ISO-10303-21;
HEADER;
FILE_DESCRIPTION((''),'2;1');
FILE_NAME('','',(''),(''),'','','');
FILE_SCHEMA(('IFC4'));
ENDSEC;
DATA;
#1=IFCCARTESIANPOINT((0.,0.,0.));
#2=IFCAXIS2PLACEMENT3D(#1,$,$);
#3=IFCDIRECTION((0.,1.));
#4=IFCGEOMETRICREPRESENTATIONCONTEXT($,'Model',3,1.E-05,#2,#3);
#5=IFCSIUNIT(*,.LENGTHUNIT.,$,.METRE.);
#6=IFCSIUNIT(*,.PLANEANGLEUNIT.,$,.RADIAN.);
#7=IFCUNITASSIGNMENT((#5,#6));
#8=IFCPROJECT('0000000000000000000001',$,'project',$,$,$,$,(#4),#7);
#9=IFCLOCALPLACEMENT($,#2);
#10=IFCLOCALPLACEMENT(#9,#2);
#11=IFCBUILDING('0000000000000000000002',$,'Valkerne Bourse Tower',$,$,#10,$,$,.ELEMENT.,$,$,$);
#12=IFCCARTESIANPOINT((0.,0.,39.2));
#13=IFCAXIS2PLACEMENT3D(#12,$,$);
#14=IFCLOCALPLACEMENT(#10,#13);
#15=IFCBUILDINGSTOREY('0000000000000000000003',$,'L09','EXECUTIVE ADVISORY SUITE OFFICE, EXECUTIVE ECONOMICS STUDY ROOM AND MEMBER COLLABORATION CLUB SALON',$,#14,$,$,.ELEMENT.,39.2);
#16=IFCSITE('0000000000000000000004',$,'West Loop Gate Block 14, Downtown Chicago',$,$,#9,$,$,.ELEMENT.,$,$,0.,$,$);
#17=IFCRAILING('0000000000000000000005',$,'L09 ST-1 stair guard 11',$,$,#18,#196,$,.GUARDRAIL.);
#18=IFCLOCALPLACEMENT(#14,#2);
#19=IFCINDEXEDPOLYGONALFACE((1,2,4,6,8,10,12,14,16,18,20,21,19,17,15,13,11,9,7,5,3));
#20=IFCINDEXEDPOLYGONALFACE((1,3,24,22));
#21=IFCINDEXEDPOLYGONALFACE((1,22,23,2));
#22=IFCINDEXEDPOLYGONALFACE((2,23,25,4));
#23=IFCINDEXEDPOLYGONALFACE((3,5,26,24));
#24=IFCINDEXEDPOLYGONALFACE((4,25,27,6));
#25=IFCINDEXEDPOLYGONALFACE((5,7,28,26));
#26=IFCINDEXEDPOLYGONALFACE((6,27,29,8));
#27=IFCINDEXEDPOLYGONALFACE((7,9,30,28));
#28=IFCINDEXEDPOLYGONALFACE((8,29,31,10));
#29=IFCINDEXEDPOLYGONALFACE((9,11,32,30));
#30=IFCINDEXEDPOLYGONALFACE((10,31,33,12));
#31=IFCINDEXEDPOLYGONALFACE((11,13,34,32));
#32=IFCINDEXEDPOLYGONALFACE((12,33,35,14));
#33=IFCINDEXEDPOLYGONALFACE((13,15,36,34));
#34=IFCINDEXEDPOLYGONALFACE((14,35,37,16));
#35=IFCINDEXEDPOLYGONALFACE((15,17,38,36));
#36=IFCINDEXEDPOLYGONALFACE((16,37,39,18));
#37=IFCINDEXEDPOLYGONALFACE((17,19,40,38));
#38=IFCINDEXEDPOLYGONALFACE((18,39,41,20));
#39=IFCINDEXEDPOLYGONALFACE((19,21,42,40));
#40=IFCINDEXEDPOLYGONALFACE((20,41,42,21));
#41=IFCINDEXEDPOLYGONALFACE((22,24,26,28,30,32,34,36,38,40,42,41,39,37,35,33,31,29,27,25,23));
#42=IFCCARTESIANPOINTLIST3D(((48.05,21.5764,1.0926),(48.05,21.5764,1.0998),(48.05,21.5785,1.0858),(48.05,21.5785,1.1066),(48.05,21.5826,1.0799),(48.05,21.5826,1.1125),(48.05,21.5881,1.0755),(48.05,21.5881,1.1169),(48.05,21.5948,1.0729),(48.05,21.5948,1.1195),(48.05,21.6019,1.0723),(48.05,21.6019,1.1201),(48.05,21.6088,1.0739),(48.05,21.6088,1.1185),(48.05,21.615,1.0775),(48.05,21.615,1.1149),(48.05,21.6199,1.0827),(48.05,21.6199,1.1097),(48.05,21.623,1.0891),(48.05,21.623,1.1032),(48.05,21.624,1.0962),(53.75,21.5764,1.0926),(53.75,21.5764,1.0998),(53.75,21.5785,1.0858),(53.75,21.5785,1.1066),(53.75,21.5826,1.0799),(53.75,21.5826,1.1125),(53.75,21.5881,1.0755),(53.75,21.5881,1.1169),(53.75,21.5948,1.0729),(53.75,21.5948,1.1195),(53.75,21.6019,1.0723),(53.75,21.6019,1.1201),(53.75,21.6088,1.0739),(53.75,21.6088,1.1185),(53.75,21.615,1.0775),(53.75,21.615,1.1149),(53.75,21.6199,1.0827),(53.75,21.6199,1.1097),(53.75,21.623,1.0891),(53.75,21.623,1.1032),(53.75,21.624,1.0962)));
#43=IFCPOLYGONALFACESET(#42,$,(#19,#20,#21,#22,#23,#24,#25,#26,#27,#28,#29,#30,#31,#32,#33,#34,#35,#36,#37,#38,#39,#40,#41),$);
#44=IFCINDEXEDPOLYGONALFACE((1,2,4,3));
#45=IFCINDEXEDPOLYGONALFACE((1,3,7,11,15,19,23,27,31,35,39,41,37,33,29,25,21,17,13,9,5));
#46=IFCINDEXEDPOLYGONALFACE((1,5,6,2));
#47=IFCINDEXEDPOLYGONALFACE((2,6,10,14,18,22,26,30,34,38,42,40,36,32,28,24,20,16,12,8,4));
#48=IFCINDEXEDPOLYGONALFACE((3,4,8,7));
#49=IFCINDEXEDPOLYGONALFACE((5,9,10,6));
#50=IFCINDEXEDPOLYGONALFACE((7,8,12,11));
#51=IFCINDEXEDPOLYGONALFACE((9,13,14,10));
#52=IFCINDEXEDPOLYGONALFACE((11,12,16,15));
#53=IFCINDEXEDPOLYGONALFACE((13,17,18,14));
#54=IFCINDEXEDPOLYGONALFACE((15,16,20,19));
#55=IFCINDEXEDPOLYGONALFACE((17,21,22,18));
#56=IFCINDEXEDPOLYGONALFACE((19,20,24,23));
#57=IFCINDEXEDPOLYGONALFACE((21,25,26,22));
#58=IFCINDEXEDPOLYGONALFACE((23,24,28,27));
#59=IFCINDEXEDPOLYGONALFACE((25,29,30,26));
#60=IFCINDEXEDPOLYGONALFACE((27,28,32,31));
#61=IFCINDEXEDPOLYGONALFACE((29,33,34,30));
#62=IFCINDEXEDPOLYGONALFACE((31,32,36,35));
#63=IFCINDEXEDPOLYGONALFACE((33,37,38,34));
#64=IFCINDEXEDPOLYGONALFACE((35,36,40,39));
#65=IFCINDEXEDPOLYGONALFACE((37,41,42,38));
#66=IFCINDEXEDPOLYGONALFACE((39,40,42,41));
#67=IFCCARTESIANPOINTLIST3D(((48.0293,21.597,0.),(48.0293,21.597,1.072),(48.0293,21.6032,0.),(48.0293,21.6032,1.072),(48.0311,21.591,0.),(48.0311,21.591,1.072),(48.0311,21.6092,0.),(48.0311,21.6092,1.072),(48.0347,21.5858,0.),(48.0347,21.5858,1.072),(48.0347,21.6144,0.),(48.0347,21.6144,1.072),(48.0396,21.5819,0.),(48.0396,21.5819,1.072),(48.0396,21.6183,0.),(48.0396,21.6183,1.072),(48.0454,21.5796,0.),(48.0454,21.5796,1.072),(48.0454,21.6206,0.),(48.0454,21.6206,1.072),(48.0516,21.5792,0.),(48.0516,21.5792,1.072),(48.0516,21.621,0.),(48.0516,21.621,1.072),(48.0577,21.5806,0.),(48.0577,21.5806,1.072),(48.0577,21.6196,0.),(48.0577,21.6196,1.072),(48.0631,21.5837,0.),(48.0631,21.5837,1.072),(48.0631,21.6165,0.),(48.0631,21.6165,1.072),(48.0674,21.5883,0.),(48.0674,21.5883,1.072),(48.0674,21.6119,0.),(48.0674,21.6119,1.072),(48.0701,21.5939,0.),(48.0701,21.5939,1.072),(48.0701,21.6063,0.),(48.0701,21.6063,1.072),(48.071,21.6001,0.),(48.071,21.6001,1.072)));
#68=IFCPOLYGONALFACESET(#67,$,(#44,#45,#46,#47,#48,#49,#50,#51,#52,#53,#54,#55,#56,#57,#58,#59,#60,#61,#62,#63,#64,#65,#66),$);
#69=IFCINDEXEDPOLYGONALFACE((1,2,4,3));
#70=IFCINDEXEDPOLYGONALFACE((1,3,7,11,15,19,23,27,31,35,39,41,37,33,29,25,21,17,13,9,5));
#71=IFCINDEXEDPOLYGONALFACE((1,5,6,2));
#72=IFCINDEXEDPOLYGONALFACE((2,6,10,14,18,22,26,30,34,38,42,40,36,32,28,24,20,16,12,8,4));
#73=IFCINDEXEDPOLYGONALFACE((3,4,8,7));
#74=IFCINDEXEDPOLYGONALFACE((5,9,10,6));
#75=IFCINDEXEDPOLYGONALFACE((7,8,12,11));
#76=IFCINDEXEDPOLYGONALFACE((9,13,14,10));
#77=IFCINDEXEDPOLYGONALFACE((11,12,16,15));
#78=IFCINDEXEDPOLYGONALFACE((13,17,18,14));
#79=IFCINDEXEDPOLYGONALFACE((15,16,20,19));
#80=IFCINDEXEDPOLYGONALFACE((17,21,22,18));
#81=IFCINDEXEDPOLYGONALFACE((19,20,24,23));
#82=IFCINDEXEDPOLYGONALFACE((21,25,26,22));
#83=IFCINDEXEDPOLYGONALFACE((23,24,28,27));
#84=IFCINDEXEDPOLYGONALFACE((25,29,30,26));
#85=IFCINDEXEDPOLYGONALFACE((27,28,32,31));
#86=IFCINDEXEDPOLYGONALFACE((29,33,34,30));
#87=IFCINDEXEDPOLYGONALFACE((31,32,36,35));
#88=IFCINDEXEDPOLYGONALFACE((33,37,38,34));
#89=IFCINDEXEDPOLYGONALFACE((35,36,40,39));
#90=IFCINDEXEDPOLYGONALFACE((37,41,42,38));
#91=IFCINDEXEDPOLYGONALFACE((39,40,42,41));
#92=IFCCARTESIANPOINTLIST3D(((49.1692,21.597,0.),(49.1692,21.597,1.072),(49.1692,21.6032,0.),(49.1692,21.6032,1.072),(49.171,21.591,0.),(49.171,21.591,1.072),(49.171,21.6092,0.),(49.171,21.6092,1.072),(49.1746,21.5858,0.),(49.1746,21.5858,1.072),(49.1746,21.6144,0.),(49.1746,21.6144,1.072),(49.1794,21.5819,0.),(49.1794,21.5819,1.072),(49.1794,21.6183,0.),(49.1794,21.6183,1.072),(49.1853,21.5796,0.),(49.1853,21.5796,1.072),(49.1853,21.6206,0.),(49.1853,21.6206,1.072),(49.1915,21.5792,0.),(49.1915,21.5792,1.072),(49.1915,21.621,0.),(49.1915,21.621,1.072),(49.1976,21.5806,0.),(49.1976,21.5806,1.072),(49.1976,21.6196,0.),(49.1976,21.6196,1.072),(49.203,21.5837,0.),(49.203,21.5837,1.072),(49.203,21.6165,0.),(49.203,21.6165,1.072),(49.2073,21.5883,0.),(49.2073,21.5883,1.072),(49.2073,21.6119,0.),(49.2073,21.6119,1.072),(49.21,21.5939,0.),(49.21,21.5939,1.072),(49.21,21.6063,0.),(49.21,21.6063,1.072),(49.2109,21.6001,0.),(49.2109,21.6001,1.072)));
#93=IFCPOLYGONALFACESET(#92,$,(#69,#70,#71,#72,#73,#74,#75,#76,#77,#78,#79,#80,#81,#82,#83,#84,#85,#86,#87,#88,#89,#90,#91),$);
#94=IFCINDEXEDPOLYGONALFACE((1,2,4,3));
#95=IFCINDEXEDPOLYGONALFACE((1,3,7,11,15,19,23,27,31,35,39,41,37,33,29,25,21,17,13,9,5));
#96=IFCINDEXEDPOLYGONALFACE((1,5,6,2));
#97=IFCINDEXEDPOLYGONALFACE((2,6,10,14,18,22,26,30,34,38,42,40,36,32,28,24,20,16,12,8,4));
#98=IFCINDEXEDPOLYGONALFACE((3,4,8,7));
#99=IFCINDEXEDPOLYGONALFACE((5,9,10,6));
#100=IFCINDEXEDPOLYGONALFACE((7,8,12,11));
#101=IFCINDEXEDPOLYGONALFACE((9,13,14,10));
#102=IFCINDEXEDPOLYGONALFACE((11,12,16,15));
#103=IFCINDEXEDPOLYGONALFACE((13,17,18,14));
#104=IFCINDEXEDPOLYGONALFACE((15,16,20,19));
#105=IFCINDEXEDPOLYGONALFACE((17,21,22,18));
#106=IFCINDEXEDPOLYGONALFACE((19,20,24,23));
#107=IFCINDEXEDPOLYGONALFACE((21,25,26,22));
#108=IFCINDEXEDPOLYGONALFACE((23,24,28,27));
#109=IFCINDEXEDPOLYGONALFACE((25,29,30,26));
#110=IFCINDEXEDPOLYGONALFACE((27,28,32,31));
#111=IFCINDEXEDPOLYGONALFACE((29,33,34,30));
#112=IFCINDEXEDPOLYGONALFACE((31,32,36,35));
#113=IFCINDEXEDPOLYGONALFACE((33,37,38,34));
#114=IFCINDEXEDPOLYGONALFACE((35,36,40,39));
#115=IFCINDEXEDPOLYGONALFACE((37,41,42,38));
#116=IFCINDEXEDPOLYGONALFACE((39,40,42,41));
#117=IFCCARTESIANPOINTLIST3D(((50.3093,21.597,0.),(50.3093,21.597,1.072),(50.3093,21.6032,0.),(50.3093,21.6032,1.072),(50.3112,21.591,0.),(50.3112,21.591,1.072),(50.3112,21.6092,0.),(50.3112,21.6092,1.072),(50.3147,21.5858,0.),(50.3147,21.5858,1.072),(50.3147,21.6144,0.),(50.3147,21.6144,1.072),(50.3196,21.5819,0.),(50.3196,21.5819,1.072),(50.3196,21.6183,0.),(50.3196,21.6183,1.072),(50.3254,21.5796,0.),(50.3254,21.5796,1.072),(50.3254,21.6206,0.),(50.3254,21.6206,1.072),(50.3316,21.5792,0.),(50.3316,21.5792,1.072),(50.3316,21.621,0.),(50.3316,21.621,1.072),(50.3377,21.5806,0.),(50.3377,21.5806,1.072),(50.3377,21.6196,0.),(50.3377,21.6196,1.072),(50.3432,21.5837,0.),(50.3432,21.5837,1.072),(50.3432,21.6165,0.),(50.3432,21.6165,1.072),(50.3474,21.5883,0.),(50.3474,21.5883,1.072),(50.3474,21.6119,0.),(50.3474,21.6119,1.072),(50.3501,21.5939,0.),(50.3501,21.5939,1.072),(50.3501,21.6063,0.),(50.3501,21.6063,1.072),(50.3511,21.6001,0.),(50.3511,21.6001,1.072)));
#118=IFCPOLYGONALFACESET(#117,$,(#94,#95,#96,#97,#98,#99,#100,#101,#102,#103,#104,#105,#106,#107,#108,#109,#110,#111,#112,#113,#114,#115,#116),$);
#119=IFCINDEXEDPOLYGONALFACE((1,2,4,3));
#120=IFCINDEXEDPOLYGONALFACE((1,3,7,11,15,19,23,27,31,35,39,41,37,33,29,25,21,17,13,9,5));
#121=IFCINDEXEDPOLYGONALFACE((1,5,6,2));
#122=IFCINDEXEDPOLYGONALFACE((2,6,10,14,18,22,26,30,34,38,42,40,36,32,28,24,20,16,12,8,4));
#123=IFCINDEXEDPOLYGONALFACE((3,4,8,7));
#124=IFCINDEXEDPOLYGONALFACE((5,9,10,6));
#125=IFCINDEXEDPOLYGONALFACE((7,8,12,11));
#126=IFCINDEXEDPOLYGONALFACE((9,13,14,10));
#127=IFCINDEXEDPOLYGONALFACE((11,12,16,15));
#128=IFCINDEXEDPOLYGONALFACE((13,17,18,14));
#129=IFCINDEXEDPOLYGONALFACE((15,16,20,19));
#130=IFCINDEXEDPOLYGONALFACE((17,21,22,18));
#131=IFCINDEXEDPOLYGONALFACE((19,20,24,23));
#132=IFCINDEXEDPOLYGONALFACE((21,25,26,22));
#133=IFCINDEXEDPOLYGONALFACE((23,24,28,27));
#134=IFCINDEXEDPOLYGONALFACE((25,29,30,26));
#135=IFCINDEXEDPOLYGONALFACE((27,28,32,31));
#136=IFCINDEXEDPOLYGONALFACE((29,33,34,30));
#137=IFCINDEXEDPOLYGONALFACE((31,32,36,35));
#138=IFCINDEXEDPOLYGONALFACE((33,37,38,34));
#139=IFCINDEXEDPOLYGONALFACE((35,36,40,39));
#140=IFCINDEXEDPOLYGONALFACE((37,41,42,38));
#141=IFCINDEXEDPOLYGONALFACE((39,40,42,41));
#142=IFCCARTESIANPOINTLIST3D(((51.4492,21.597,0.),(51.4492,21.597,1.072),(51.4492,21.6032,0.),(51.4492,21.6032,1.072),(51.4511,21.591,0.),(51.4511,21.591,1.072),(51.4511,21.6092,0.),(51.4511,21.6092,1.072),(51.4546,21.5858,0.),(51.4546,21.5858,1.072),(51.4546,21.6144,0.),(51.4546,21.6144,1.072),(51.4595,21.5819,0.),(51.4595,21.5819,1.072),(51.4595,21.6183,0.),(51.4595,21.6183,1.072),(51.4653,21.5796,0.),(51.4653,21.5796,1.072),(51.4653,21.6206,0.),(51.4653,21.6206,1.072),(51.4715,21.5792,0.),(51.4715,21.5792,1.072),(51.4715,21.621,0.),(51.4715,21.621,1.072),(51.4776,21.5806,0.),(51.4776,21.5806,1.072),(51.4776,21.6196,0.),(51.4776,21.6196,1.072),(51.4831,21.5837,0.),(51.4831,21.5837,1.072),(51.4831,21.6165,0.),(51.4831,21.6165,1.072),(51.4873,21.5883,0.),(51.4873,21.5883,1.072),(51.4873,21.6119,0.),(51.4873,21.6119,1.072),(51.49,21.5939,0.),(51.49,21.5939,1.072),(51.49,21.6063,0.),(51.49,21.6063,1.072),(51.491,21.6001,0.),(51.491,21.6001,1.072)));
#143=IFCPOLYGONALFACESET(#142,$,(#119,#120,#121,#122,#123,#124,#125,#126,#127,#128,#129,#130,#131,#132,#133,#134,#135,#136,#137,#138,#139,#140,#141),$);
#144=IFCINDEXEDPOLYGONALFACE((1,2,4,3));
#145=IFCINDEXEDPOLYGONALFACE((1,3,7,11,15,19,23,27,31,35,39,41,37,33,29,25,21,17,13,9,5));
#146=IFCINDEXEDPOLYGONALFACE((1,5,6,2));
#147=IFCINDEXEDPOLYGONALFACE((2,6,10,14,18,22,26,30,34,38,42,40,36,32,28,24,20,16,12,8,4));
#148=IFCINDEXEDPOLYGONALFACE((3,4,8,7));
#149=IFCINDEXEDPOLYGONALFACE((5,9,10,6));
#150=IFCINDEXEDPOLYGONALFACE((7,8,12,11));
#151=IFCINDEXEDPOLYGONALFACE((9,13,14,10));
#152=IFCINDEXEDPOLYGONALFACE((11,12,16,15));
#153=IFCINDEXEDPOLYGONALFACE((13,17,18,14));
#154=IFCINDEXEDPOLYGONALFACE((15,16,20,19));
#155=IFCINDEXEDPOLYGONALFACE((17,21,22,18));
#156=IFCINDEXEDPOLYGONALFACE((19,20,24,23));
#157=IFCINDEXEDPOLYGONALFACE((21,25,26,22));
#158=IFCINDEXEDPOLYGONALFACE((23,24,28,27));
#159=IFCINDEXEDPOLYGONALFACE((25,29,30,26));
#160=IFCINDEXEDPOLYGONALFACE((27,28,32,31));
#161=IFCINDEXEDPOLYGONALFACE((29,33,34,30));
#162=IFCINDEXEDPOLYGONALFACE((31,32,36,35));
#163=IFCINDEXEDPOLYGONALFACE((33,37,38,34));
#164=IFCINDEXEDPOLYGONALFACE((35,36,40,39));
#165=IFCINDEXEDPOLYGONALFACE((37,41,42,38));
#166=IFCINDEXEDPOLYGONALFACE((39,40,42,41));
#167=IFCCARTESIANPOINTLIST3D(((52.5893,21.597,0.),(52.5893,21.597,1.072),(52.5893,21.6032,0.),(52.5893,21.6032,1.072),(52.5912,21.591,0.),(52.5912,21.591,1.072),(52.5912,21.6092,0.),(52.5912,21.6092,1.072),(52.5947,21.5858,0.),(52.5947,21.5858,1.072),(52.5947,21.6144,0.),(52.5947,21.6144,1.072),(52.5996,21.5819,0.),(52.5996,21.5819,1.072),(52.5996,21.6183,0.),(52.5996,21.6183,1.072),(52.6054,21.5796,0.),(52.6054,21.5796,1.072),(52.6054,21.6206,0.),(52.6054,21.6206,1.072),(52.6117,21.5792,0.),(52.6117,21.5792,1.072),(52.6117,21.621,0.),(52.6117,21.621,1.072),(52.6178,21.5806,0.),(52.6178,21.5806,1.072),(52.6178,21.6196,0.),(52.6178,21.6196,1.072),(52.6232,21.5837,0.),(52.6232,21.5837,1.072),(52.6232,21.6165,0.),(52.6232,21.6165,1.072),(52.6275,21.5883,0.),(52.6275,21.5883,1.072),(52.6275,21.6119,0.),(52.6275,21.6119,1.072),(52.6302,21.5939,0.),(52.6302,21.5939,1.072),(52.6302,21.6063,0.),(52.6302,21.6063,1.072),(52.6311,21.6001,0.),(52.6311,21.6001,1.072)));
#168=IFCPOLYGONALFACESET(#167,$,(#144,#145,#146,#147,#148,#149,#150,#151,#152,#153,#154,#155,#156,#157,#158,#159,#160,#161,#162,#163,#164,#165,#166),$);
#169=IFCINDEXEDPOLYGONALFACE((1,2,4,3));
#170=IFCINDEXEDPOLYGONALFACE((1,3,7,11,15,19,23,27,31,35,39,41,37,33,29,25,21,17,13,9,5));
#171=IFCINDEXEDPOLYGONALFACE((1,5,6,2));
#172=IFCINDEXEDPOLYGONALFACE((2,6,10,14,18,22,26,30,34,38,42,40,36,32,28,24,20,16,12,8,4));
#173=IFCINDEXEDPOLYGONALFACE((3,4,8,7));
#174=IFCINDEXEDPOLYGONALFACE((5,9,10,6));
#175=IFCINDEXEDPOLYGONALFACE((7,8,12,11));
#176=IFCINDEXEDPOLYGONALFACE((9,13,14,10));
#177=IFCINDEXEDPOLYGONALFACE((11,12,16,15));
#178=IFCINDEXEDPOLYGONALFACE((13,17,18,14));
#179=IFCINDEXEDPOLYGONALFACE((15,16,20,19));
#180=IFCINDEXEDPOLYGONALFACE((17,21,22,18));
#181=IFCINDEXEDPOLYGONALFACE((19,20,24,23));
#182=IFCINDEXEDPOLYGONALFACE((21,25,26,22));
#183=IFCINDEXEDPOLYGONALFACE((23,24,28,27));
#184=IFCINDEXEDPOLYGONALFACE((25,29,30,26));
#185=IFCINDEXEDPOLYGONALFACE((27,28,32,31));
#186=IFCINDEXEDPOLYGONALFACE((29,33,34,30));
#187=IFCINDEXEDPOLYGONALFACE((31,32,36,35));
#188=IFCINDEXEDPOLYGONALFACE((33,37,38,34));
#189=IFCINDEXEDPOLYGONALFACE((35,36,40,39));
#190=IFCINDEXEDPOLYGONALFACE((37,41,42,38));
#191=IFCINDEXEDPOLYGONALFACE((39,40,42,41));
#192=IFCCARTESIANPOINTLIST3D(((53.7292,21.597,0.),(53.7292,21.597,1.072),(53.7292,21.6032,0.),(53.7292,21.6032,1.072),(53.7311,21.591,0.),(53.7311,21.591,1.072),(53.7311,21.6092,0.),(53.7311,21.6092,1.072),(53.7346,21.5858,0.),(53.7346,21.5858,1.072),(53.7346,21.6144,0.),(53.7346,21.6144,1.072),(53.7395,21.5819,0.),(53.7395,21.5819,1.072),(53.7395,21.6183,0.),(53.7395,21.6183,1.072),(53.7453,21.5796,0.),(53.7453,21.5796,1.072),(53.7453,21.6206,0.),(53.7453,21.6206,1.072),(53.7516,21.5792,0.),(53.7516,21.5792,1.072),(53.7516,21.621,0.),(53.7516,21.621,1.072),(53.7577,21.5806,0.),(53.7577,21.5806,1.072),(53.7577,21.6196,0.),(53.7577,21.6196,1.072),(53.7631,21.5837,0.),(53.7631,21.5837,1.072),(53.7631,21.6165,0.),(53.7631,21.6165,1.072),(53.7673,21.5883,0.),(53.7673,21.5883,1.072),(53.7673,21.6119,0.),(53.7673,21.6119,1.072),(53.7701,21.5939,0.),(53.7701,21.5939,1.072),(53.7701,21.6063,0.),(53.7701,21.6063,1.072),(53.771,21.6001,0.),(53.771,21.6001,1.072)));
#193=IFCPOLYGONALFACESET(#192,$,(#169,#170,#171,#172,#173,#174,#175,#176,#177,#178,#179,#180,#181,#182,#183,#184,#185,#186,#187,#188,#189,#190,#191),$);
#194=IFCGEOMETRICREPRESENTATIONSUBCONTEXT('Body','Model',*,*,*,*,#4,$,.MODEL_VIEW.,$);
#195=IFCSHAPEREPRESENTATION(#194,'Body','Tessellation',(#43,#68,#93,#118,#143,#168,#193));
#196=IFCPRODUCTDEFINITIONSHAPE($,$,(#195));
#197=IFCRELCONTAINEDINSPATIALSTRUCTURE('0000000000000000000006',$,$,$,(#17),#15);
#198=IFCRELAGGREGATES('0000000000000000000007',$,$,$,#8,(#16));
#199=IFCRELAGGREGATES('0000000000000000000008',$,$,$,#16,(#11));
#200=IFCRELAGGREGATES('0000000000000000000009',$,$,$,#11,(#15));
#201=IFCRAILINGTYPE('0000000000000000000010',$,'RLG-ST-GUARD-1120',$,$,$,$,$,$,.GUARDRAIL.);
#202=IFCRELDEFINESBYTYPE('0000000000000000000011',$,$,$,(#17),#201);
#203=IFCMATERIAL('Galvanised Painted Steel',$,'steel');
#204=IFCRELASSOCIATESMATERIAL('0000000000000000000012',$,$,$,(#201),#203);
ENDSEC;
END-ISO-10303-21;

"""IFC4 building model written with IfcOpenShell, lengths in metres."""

from ifc_helpers import new_model, si_unit, direction, frame, origin, origin_2d, place, context, subcontext, project, spatial, circle, extrude, material, type_object, element, save


model = new_model("IFC4")

# Units and contexts
model_context = context("Model", 3, precision=1e-05, world=origin(), true_north=direction((0.0, 1.0)))
body_context = subcontext(model_context, "Body", "Model", "MODEL_VIEW")
ifc_project = project(units=[si_unit("LENGTHUNIT", "METRE"), si_unit("PLANEANGLEUNIT", "RADIAN")], contexts=[model_context])

# Site, building, storey
site_placement = place(None, origin())
site = spatial("IfcSite", under=ifc_project, at=site_placement, Name="West Loop Gate Block 14, Downtown Chicago", CompositionType="ELEMENT", RefElevation=0.0)
building_placement = place(site_placement, origin())
building = spatial("IfcBuilding", under=site, at=building_placement, Name="Valkerne Bourse Tower", CompositionType="ELEMENT")
storey_placement = place(building_placement, frame((0.0, 0.0, 39.2)))
storey = spatial("IfcBuildingStorey", under=building, at=storey_placement, Name="L09", Description="EXECUTIVE ADVISORY SUITE OFFICE, EXECUTIVE ECONOMICS STUDY ROOM AND MEMBER COLLABORATION CLUB SALON", CompositionType="ELEMENT", Elevation=39.2)

# Shared definitions
ifc_material_1 = material(Name="Galvanised Painted Steel", Category="steel")

# Railing
railing_type_1 = type_object("IfcRailingType", Name="RLG-ST-GUARD-1120", PredefinedType="GUARDRAIL", material=ifc_material_1)
railing_1_placement = place(storey_placement, frame((48.05, 21.6001, 0.0)))
element("IfcRailing", 1, at=railing_1_placement, inside=storey, type_object=railing_type_1, Name="L09 ST-1 stair guard 11", PredefinedType="GUARDRAIL", context=body_context, shape_type="SweptSolid", body=[
    extrude(circle(Radius=0.0239, at=origin_2d()), frame((0.0, 0.0, 1.0962), z_axis=(1.0, 0.0, 0.0), x_axis=(0.0, 1.0, 0.0)), (0.0, 0.0, 1.0), 5.7),
    extrude(circle(Radius=0.021, at=origin_2d()), origin(), (0.0, 0.0, 1.0), 1.072),
    extrude(circle(Radius=0.021, at=origin_2d()), frame((1.1399, 0.0, 0.0)), (0.0, 0.0, 1.0), 1.072),
    extrude(circle(Radius=0.021, at=origin_2d()), frame((2.28, 0.0, 0.0)), (0.0, 0.0, 1.0), 1.072),
    extrude(circle(Radius=0.021, at=origin_2d()), frame((3.4199, 0.0, 0.0)), (0.0, 0.0, 1.0), 1.072),
    extrude(circle(Radius=0.021, at=origin_2d()), frame((4.5601, 0.0, 0.0)), (0.0, 0.0, 1.0), 1.072),
    extrude(circle(Radius=0.021, at=origin_2d()), frame((5.7, 0.0, 0.0)), (0.0, 0.0, 1.0), 1.072),
])

save(model, "model.ifc")
